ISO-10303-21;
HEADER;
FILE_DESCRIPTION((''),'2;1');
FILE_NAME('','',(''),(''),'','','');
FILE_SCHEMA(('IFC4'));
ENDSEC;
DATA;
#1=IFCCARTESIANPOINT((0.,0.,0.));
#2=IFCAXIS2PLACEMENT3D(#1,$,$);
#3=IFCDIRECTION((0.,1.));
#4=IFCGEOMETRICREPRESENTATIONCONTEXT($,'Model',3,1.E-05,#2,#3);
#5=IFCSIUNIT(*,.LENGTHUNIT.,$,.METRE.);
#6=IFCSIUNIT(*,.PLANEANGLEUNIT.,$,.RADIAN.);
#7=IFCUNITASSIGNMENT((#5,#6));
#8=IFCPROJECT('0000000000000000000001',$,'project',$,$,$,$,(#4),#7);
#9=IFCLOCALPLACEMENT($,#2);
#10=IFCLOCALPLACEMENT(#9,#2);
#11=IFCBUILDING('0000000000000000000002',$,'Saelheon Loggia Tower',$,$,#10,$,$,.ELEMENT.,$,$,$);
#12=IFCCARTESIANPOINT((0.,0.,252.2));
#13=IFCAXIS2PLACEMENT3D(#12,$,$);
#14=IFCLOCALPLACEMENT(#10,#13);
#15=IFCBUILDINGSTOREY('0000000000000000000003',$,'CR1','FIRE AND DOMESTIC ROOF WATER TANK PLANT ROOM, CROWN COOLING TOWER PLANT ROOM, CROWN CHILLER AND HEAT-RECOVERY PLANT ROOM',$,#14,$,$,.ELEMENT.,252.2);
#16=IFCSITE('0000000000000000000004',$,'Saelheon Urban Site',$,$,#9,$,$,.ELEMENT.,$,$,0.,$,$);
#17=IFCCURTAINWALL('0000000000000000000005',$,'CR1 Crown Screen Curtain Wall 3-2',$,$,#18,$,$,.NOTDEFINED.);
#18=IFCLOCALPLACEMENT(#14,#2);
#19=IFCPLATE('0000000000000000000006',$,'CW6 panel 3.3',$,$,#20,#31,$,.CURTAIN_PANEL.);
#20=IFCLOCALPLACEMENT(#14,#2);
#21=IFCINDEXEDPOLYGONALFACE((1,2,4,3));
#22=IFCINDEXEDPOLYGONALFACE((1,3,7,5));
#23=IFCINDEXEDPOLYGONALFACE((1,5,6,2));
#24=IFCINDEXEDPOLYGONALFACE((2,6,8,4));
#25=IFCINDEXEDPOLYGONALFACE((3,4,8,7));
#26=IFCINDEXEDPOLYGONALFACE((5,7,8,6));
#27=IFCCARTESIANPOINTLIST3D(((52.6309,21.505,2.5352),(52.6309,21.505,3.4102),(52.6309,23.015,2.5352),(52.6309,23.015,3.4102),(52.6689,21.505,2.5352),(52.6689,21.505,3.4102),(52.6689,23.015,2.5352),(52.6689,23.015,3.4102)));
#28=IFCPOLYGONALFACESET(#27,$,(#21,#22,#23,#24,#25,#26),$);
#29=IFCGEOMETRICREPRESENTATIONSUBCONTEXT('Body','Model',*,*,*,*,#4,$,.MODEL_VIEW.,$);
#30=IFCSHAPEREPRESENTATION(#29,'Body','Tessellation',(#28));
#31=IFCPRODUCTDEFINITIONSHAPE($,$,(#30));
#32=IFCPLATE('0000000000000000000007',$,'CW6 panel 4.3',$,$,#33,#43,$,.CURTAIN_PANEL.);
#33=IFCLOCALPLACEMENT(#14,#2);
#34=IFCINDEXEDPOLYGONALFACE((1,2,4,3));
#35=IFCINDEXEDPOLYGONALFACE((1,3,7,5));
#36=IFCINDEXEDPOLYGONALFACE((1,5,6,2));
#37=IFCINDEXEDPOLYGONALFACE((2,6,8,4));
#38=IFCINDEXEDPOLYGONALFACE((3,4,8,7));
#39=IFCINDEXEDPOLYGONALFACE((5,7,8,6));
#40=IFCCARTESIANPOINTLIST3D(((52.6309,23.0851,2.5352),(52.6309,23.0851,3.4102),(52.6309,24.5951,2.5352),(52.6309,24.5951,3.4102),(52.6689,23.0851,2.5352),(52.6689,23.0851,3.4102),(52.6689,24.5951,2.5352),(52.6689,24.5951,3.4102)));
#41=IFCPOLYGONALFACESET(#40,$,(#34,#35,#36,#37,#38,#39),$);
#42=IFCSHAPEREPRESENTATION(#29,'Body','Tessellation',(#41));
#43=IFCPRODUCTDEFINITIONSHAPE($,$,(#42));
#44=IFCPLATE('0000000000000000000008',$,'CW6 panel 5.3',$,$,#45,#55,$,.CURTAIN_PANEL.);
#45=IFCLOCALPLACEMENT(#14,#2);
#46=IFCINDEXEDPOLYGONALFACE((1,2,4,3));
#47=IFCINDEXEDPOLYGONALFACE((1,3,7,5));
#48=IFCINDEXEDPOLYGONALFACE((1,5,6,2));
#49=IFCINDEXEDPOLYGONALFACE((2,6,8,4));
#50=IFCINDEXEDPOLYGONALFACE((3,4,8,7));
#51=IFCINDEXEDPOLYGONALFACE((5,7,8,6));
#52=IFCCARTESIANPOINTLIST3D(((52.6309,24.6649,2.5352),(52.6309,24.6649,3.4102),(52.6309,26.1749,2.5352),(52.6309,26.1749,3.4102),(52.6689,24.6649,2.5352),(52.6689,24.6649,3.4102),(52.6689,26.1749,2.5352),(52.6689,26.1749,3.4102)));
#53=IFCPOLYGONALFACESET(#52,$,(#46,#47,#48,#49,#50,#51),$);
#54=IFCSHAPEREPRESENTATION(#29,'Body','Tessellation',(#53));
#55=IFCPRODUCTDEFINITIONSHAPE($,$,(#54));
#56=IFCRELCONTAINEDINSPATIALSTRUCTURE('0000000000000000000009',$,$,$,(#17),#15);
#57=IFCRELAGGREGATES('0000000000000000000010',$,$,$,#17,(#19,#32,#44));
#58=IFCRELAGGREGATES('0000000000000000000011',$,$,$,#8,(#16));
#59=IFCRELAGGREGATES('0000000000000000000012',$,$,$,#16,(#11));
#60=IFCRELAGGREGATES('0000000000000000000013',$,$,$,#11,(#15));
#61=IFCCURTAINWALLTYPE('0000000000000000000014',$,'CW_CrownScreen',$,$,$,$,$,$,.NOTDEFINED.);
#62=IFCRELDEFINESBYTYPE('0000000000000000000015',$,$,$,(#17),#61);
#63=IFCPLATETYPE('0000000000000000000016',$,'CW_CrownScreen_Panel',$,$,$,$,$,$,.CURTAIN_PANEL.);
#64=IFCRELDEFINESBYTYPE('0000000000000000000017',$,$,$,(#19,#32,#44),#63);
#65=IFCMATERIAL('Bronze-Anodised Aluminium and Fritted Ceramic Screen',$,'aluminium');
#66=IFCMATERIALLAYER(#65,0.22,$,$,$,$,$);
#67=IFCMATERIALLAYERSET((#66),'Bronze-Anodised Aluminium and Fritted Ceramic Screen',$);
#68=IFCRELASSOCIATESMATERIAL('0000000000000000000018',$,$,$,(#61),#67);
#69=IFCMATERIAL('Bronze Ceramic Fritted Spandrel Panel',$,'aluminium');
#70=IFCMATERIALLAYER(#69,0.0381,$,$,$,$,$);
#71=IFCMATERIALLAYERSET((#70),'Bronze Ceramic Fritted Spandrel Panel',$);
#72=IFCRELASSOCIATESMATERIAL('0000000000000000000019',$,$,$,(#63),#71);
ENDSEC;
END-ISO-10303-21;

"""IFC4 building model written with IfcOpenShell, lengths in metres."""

from ifc_helpers import new_model, si_unit, direction, frame, origin, origin_2d, place, context, subcontext, project, spatial, rectangle, extrude, source, transform, mapped, material, layer, layer_set, type_object, element, aggregate, save


model = new_model("IFC4")

# Units and contexts
model_context = context("Model", 3, precision=1e-05, world=origin(), true_north=direction((0.0, 1.0)))
body_context = subcontext(model_context, "Body", "Model", "MODEL_VIEW")
ifc_project = project(units=[si_unit("LENGTHUNIT", "METRE"), si_unit("PLANEANGLEUNIT", "RADIAN")], contexts=[model_context])

# Site, building, storey
site_placement = place(None, origin())
site = spatial("IfcSite", under=ifc_project, at=site_placement, Name="Saelheon Urban Site", CompositionType="ELEMENT", RefElevation=0.0)
building_placement = place(site_placement, origin())
building = spatial("IfcBuilding", under=site, at=building_placement, Name="Saelheon Loggia Tower", CompositionType="ELEMENT")
storey_placement = place(building_placement, frame((0.0, 0.0, 252.2)))
storey = spatial("IfcBuildingStorey", under=building, at=storey_placement, Name="CR1", Description="FIRE AND DOMESTIC ROOF WATER TANK PLANT ROOM, CROWN COOLING TOWER PLANT ROOM, CROWN CHILLER AND HEAT-RECOVERY PLANT ROOM", CompositionType="ELEMENT", Elevation=252.2)

# Curtain wall, plates
ifc_material_1 = material(Name="Bronze-Anodised Aluminium and Fritted Ceramic Screen", Category="aluminium")
ifc_layer_1 = layer(ifc_material_1, 0.22)
ifc_layer_set_1 = layer_set([ifc_layer_1], Name="Bronze-Anodised Aluminium and Fritted Ceramic Screen")
curtain_wall_type = type_object("IfcCurtainWallType", Name="CW_CrownScreen", PredefinedType="NOTDEFINED", material=ifc_layer_set_1)
curtain_wall_placement = place(storey_placement, origin())
curtain_wall = element("IfcCurtainWall", 1, at=curtain_wall_placement, inside=storey, type_object=curtain_wall_type, Name="CR1 Crown Screen Curtain Wall 3-2", PredefinedType="NOTDEFINED")
ifc_material_2 = material(Name="Bronze Ceramic Fritted Spandrel Panel", Category="aluminium")
ifc_layer_2 = layer(ifc_material_2, 0.0381)
ifc_layer_set_2 = layer_set([ifc_layer_2], Name="Bronze Ceramic Fritted Spandrel Panel")
plate_type = type_object("IfcPlateType", Name="CW_CrownScreen_Panel", PredefinedType="CURTAIN_PANEL", material=ifc_layer_set_2)
shared_shape_1 = source(origin(), body_context, "Body", "SweptSolid", [
    extrude(rectangle(XDim=1.51, YDim=0.0381, at=origin_2d()), origin(), (0.0, 0.0, 1.0), 0.875),
])
plate_1_placement = place(storey_placement, frame((52.6499, 22.26, 2.5352), z_axis=(0.0, 0.0, 1.0), x_axis=(0.0, 1.0, 0.0)))
plate_1 = element("IfcPlate", 2, at=plate_1_placement, type_object=plate_type, Name="CW6 panel 3.3", PredefinedType="CURTAIN_PANEL", context=body_context, shape_type="MappedRepresentation", body=[
    mapped(shared_shape_1, transform((0.0, 0.0, 0.0), scale=1.0)),
])
plate_2_placement = place(storey_placement, frame((52.6499, 23.8401, 2.5352), z_axis=(0.0, 0.0, 1.0), x_axis=(0.0, 1.0, 0.0)))
plate_2 = element("IfcPlate", 3, at=plate_2_placement, type_object=plate_type, Name="CW6 panel 4.3", PredefinedType="CURTAIN_PANEL", context=body_context, shape_type="MappedRepresentation", body=[
    mapped(shared_shape_1, transform((0.0, 0.0, 0.0), scale=1.0)),
])
plate_3_placement = place(storey_placement, frame((52.6499, 25.4199, 2.5352), z_axis=(0.0, 0.0, 1.0), x_axis=(0.0, 1.0, 0.0)))
plate_3 = element("IfcPlate", 4, at=plate_3_placement, type_object=plate_type, Name="CW6 panel 5.3", PredefinedType="CURTAIN_PANEL", context=body_context, shape_type="MappedRepresentation", body=[
    mapped(shared_shape_1, transform((0.0, 0.0, 0.0), scale=1.0)),
])
aggregate(curtain_wall, [plate_1, plate_2, plate_3])

save(model, "model.ifc")
